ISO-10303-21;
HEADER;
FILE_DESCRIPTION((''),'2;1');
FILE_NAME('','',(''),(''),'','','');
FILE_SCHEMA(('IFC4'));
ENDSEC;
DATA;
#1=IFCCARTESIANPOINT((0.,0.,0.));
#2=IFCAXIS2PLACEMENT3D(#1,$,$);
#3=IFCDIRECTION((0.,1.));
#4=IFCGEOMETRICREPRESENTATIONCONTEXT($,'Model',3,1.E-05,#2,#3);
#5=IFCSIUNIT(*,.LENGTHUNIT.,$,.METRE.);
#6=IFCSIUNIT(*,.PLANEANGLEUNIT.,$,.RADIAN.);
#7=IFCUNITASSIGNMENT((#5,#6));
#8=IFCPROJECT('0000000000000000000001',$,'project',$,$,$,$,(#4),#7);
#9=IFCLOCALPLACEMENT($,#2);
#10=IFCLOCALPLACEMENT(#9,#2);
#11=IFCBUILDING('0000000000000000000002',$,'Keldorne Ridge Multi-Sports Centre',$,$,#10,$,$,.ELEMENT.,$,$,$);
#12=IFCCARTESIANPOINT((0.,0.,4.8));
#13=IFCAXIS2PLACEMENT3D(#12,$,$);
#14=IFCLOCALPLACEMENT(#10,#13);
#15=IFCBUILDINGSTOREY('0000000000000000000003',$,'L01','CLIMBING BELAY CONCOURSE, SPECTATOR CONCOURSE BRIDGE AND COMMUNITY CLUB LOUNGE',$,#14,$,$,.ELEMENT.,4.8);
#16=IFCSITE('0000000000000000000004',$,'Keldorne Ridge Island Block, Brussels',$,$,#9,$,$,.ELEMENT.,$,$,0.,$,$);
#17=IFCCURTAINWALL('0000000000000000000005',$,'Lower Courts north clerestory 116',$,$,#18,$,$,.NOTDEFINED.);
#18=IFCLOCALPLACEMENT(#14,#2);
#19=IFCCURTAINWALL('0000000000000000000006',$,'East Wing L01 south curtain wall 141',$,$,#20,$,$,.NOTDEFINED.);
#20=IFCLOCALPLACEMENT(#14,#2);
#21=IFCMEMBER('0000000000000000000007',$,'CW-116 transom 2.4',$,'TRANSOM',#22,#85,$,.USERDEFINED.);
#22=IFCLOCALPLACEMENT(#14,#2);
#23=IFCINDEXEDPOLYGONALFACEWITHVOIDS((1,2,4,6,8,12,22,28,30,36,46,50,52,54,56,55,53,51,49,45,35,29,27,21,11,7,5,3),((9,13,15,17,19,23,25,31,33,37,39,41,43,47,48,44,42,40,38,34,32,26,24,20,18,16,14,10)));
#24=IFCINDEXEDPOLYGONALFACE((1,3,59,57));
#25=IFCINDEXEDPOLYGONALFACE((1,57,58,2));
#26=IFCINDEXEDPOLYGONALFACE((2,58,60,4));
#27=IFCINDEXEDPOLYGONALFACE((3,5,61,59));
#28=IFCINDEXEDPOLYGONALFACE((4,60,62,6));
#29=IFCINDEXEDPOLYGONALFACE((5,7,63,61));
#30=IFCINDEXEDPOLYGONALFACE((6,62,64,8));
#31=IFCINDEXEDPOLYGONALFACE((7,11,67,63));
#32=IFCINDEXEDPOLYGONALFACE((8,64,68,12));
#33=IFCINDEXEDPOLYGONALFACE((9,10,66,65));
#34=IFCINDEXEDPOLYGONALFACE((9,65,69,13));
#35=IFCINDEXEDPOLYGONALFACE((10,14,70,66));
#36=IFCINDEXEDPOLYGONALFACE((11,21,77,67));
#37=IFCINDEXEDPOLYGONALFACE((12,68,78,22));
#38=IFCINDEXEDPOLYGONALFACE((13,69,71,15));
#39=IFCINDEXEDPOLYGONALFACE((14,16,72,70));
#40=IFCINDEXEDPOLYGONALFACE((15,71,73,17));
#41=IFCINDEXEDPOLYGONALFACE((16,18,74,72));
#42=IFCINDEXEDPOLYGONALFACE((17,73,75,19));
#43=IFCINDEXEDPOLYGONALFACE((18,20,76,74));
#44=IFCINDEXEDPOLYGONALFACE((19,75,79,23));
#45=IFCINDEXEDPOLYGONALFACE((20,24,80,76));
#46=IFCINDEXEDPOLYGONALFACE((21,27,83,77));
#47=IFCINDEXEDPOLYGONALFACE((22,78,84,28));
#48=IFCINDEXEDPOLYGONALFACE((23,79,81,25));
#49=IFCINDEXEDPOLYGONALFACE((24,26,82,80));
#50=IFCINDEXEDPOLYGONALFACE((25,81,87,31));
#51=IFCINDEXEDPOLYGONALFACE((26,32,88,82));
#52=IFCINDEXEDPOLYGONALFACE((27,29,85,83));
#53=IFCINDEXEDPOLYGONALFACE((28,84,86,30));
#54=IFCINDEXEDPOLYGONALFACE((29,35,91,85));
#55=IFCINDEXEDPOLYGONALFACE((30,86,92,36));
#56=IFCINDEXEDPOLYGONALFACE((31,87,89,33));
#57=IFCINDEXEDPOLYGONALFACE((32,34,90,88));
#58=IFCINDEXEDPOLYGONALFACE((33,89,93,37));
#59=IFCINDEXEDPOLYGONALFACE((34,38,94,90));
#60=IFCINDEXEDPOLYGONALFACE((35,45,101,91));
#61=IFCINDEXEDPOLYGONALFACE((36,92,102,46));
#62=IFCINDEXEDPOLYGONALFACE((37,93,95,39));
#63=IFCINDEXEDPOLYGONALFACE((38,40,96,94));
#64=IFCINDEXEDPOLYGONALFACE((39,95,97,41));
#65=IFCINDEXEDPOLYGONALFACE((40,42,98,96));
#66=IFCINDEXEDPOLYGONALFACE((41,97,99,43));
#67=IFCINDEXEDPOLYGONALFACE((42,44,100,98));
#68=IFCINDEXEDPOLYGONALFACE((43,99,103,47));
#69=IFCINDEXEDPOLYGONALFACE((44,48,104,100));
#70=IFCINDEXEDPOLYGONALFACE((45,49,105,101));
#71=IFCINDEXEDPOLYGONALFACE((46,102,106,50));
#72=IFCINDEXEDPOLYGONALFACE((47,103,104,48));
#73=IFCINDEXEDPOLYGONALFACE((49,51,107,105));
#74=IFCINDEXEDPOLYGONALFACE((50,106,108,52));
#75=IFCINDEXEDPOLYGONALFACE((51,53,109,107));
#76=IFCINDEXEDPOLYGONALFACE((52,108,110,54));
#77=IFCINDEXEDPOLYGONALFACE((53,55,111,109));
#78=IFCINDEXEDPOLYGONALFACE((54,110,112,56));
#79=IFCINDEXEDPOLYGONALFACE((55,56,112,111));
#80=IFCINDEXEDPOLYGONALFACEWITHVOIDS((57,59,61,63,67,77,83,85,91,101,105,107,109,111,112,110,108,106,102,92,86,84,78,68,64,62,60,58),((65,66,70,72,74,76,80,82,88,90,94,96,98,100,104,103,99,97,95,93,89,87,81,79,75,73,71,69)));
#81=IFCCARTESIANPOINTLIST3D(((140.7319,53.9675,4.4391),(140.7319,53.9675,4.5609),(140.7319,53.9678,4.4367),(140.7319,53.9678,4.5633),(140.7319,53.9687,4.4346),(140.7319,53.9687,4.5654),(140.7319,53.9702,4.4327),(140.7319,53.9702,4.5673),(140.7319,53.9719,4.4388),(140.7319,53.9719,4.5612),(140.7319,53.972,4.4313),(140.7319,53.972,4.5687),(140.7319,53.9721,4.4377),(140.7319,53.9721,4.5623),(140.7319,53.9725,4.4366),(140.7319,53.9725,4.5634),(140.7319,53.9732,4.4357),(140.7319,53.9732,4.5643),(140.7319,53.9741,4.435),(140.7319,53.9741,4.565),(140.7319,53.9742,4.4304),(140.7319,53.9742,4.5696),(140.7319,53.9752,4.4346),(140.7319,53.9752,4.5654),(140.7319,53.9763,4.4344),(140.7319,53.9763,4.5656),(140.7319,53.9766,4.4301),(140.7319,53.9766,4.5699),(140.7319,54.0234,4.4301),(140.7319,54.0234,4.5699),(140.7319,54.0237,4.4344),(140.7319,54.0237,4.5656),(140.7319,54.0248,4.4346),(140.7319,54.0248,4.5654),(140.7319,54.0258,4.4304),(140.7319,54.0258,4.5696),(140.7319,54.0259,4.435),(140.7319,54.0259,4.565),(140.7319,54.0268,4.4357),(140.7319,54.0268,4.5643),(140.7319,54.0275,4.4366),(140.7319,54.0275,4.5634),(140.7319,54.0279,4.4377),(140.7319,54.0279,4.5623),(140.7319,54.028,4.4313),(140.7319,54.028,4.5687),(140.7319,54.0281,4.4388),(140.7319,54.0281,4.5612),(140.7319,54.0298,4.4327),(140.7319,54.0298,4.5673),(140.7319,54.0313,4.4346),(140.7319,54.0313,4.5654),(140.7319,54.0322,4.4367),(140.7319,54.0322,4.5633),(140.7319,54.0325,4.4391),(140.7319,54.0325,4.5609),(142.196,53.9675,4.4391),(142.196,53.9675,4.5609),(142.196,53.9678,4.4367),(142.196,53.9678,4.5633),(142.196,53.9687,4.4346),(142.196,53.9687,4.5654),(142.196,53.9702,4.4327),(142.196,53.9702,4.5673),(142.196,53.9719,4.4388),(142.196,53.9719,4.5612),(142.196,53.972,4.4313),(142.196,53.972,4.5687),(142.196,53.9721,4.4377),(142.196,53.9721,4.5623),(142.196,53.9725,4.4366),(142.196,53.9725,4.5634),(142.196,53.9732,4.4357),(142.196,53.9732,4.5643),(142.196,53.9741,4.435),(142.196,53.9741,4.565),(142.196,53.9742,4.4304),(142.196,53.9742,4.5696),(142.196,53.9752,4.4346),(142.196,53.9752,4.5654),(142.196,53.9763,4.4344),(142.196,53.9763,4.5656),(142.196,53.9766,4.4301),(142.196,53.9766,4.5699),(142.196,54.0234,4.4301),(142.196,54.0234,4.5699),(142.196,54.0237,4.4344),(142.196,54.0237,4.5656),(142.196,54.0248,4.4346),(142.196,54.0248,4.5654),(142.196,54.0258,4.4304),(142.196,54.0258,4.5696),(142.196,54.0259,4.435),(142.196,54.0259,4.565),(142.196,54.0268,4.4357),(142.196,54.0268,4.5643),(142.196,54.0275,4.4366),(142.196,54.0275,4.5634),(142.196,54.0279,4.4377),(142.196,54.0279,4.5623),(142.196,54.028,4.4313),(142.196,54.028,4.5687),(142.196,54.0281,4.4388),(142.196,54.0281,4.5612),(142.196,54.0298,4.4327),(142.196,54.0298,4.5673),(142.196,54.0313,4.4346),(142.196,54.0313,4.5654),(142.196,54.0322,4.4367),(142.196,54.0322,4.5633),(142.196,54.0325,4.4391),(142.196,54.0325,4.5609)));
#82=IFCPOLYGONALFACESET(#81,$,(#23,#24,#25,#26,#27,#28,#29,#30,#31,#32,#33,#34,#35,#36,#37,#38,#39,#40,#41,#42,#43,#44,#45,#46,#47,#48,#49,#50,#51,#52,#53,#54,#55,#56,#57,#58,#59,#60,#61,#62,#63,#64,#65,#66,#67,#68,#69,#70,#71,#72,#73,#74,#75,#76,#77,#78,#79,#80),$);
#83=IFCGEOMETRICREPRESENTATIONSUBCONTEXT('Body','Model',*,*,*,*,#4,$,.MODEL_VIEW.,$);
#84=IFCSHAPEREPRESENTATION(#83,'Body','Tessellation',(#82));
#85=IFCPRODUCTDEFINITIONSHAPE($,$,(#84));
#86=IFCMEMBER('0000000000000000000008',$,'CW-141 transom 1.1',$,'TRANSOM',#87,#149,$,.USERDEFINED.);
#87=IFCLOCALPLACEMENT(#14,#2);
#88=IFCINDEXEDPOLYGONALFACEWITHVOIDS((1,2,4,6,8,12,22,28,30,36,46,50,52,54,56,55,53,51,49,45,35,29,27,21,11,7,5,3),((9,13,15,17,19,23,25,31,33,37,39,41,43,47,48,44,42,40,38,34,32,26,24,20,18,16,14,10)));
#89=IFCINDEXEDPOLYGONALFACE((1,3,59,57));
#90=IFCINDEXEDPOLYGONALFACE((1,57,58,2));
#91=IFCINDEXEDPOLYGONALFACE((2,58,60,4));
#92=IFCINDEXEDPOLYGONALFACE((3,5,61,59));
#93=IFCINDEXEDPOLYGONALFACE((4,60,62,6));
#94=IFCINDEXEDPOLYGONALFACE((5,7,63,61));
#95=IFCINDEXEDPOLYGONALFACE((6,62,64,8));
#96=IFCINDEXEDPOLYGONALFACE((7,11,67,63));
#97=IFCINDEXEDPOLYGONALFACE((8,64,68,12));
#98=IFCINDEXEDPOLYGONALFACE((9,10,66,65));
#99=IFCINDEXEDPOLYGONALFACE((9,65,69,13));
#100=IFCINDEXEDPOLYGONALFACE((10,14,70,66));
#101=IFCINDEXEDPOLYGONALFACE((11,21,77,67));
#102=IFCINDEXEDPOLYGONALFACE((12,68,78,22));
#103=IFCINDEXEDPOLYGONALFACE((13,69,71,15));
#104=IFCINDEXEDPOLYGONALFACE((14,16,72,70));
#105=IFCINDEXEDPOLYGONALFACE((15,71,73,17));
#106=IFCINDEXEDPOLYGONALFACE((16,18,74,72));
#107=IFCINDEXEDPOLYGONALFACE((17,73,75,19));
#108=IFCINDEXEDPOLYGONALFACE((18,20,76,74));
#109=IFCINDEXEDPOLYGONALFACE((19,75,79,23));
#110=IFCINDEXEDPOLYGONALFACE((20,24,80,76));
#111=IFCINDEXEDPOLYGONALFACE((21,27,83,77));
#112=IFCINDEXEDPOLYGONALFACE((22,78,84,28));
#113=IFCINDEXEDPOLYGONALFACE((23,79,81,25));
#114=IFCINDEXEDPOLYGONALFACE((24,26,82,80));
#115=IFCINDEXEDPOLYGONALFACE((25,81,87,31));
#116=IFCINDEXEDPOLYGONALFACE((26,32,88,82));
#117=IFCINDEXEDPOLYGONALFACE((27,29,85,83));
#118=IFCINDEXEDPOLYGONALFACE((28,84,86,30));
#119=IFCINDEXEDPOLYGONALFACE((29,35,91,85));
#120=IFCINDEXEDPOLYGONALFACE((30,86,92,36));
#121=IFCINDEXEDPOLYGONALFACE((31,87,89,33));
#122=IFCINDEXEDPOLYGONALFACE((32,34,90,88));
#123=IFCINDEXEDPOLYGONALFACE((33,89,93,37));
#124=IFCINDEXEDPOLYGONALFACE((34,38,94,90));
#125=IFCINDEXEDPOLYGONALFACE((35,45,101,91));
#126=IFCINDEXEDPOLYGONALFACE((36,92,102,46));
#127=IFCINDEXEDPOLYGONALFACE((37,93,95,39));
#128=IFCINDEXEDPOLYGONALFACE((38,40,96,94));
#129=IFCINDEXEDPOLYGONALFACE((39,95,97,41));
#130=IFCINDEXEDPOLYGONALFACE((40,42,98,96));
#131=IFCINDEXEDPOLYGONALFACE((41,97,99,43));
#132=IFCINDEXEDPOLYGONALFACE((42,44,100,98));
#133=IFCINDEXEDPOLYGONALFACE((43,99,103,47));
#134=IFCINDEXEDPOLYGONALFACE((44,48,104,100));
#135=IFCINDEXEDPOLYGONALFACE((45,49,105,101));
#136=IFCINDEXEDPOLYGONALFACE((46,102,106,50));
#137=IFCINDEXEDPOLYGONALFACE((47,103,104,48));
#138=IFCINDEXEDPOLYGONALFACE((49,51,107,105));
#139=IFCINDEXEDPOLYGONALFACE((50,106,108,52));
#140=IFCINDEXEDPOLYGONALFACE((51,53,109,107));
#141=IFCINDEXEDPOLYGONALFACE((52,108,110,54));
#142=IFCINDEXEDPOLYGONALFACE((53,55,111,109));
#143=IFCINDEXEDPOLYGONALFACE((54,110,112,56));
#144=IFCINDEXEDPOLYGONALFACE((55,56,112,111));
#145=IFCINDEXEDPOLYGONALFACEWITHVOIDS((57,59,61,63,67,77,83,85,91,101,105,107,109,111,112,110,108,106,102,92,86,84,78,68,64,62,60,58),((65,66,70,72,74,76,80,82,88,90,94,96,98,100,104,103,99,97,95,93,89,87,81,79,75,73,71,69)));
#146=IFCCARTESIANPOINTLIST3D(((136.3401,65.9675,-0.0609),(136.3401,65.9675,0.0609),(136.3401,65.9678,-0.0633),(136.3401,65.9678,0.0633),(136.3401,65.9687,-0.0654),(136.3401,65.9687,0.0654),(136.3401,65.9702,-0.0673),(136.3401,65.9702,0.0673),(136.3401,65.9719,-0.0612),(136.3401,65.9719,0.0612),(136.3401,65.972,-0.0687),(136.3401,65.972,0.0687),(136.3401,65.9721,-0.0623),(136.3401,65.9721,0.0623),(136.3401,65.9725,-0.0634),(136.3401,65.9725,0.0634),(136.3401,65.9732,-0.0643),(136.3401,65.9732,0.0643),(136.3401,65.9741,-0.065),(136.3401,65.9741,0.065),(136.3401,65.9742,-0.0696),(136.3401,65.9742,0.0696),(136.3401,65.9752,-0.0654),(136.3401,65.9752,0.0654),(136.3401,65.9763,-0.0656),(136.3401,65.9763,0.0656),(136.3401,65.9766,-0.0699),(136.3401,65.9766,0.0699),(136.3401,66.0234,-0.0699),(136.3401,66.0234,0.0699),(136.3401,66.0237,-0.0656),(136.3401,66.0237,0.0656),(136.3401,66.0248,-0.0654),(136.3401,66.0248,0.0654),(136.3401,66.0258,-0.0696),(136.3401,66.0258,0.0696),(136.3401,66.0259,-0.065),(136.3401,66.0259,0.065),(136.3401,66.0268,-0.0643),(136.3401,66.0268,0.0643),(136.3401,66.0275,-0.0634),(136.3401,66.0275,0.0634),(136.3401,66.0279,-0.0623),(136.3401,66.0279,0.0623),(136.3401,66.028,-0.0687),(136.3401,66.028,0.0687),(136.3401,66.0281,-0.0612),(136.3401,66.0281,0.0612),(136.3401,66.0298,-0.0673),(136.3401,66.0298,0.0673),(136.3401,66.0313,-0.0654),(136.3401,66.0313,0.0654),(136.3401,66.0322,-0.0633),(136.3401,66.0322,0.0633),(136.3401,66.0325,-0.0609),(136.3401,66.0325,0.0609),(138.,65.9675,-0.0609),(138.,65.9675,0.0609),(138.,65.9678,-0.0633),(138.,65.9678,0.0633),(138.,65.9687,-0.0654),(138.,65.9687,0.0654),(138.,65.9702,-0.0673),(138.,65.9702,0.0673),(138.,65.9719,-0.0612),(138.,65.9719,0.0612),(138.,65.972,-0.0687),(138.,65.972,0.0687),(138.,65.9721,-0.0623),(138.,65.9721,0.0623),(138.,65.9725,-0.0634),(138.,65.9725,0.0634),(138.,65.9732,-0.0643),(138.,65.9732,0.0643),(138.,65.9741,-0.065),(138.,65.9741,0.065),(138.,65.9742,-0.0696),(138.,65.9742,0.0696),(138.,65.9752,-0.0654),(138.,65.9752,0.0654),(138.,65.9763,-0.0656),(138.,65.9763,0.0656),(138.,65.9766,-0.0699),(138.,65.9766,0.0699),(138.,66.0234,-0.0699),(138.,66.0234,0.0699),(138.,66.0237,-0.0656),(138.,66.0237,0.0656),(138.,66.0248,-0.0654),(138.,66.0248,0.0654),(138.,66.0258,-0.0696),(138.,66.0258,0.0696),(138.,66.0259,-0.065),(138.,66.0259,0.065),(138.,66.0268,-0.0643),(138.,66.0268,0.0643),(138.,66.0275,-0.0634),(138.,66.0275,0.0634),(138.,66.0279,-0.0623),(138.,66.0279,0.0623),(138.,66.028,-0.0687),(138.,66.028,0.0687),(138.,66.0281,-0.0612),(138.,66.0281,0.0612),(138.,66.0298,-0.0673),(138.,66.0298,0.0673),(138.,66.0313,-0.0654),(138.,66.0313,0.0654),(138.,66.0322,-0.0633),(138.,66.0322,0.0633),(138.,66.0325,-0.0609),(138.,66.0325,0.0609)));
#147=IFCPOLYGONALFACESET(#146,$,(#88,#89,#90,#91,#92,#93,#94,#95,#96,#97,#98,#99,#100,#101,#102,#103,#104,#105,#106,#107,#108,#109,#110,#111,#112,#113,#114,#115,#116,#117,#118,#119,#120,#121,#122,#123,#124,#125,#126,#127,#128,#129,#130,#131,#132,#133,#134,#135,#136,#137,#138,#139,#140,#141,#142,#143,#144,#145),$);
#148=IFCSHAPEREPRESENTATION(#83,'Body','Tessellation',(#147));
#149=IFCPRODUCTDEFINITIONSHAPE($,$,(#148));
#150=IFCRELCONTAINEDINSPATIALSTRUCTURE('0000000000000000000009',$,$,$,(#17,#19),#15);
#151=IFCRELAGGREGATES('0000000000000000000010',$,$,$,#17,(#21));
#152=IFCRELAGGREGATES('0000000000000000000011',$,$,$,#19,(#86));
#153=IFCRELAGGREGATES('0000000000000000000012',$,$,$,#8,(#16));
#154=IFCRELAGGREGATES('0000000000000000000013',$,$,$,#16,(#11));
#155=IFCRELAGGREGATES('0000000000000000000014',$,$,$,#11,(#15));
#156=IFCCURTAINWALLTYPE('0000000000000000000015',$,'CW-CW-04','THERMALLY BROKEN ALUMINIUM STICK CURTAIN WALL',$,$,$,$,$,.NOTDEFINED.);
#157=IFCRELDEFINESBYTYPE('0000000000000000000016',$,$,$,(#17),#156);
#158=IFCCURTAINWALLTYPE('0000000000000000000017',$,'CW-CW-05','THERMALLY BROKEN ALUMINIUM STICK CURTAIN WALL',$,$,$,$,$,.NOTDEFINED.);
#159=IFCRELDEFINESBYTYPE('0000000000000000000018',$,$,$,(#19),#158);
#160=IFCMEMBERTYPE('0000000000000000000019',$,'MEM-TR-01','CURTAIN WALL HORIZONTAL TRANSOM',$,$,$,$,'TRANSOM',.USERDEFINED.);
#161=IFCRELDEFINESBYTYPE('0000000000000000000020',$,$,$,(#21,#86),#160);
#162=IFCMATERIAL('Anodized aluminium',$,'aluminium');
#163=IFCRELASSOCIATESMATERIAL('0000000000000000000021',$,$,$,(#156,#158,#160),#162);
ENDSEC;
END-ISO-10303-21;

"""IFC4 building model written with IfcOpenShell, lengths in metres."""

from ifc_helpers import new_model, si_unit, direction, frame, origin, origin_2d, place, context, subcontext, project, spatial, hollow_rectangle, extrude, material, material_profile, profile_set, type_object, element, aggregate, save


model = new_model("IFC4")

# Units and contexts
model_context = context("Model", 3, precision=1e-05, world=origin(), true_north=direction((0.0, 1.0)))
body_context = subcontext(model_context, "Body", "Model", "MODEL_VIEW")
ifc_project = project(units=[si_unit("LENGTHUNIT", "METRE"), si_unit("PLANEANGLEUNIT", "RADIAN")], contexts=[model_context])

# Site, building, storey
site_placement = place(None, origin())
site = spatial("IfcSite", under=ifc_project, at=site_placement, Name="Keldorne Ridge Island Block, Brussels", CompositionType="ELEMENT", RefElevation=0.0)
building_placement = place(site_placement, origin())
building = spatial("IfcBuilding", under=site, at=building_placement, Name="Keldorne Ridge Multi-Sports Centre", CompositionType="ELEMENT")
storey_placement = place(building_placement, frame((0.0, 0.0, 4.8)))
storey = spatial("IfcBuildingStorey", under=building, at=storey_placement, Name="L01", Description="CLIMBING BELAY CONCOURSE, SPECTATOR CONCOURSE BRIDGE AND COMMUNITY CLUB LOUNGE", CompositionType="ELEMENT", Elevation=4.8)

# Curtain walls
ifc_material_1 = material(Name="Anodized aluminium", Category="aluminium")
curtain_wall_type_1 = type_object("IfcCurtainWallType", Name="CW-CW-04", Description="THERMALLY BROKEN ALUMINIUM STICK CURTAIN WALL", PredefinedType="NOTDEFINED", material=ifc_material_1)
curtain_wall_1_placement = place(storey_placement, origin())
curtain_wall_1 = element("IfcCurtainWall", 1, at=curtain_wall_1_placement, inside=storey, type_object=curtain_wall_type_1, Name="Lower Courts north clerestory 116", PredefinedType="NOTDEFINED")
curtain_wall_type_2 = type_object("IfcCurtainWallType", Name="CW-CW-05", Description="THERMALLY BROKEN ALUMINIUM STICK CURTAIN WALL", PredefinedType="NOTDEFINED", material=ifc_material_1)
curtain_wall_2_placement = place(storey_placement, origin())
curtain_wall_2 = element("IfcCurtainWall", 2, at=curtain_wall_2_placement, inside=storey, type_object=curtain_wall_type_2, Name="East Wing L01 south curtain wall 141", PredefinedType="NOTDEFINED")

# Members
ifc_material_profile_1 = material_profile(ifc_material_1, hollow_rectangle(XDim=0.0649, YDim=0.1399, WallThickness=0.0044, InnerFilletRadius=0.0044, OuterFilletRadius=0.009, at=origin_2d()), Name="ALU TRANSOM 140x65x4.5")
ifc_profile_set_1 = profile_set([ifc_material_profile_1], Name="Anodized aluminium")
member_type_1 = type_object("IfcMemberType", Name="MEM-TR-01", Description="CURTAIN WALL HORIZONTAL TRANSOM", ElementType="TRANSOM", PredefinedType="USERDEFINED", material=ifc_profile_set_1)
member_1_placement = place(storey_placement, frame((142.196, 54.0, 4.5), z_axis=(-1.0, 0.0, 0.0), x_axis=(0.0, -1.0, 0.0)))
member_1 = element("IfcMember", 3, at=member_1_placement, type_object=member_type_1, Name="CW-116 transom 2.4", ObjectType="TRANSOM", PredefinedType="USERDEFINED", context=body_context, shape_type="SweptSolid", body=[
    extrude(hollow_rectangle(XDim=0.0649, YDim=0.1399, WallThickness=0.0044, InnerFilletRadius=0.0044, OuterFilletRadius=0.009, at=origin_2d()), origin(), (0.0, 0.0, 1.0), 1.4641),
])
member_2_placement = place(storey_placement, frame((136.3401, 66.0, 0.0), z_axis=(1.0, 0.0, 0.0), x_axis=(0.0, 1.0, 0.0)))
member_2 = element("IfcMember", 4, at=member_2_placement, type_object=member_type_1, Name="CW-141 transom 1.1", ObjectType="TRANSOM", PredefinedType="USERDEFINED", context=body_context, shape_type="SweptSolid", body=[
    extrude(hollow_rectangle(XDim=0.0649, YDim=0.1399, WallThickness=0.0044, InnerFilletRadius=0.0044, OuterFilletRadius=0.009, at=origin_2d()), origin(), (0.0, 0.0, 1.0), 1.6599),
])

aggregate(curtain_wall_1, [member_1])
aggregate(curtain_wall_2, [member_2])

save(model, "model.ifc")
